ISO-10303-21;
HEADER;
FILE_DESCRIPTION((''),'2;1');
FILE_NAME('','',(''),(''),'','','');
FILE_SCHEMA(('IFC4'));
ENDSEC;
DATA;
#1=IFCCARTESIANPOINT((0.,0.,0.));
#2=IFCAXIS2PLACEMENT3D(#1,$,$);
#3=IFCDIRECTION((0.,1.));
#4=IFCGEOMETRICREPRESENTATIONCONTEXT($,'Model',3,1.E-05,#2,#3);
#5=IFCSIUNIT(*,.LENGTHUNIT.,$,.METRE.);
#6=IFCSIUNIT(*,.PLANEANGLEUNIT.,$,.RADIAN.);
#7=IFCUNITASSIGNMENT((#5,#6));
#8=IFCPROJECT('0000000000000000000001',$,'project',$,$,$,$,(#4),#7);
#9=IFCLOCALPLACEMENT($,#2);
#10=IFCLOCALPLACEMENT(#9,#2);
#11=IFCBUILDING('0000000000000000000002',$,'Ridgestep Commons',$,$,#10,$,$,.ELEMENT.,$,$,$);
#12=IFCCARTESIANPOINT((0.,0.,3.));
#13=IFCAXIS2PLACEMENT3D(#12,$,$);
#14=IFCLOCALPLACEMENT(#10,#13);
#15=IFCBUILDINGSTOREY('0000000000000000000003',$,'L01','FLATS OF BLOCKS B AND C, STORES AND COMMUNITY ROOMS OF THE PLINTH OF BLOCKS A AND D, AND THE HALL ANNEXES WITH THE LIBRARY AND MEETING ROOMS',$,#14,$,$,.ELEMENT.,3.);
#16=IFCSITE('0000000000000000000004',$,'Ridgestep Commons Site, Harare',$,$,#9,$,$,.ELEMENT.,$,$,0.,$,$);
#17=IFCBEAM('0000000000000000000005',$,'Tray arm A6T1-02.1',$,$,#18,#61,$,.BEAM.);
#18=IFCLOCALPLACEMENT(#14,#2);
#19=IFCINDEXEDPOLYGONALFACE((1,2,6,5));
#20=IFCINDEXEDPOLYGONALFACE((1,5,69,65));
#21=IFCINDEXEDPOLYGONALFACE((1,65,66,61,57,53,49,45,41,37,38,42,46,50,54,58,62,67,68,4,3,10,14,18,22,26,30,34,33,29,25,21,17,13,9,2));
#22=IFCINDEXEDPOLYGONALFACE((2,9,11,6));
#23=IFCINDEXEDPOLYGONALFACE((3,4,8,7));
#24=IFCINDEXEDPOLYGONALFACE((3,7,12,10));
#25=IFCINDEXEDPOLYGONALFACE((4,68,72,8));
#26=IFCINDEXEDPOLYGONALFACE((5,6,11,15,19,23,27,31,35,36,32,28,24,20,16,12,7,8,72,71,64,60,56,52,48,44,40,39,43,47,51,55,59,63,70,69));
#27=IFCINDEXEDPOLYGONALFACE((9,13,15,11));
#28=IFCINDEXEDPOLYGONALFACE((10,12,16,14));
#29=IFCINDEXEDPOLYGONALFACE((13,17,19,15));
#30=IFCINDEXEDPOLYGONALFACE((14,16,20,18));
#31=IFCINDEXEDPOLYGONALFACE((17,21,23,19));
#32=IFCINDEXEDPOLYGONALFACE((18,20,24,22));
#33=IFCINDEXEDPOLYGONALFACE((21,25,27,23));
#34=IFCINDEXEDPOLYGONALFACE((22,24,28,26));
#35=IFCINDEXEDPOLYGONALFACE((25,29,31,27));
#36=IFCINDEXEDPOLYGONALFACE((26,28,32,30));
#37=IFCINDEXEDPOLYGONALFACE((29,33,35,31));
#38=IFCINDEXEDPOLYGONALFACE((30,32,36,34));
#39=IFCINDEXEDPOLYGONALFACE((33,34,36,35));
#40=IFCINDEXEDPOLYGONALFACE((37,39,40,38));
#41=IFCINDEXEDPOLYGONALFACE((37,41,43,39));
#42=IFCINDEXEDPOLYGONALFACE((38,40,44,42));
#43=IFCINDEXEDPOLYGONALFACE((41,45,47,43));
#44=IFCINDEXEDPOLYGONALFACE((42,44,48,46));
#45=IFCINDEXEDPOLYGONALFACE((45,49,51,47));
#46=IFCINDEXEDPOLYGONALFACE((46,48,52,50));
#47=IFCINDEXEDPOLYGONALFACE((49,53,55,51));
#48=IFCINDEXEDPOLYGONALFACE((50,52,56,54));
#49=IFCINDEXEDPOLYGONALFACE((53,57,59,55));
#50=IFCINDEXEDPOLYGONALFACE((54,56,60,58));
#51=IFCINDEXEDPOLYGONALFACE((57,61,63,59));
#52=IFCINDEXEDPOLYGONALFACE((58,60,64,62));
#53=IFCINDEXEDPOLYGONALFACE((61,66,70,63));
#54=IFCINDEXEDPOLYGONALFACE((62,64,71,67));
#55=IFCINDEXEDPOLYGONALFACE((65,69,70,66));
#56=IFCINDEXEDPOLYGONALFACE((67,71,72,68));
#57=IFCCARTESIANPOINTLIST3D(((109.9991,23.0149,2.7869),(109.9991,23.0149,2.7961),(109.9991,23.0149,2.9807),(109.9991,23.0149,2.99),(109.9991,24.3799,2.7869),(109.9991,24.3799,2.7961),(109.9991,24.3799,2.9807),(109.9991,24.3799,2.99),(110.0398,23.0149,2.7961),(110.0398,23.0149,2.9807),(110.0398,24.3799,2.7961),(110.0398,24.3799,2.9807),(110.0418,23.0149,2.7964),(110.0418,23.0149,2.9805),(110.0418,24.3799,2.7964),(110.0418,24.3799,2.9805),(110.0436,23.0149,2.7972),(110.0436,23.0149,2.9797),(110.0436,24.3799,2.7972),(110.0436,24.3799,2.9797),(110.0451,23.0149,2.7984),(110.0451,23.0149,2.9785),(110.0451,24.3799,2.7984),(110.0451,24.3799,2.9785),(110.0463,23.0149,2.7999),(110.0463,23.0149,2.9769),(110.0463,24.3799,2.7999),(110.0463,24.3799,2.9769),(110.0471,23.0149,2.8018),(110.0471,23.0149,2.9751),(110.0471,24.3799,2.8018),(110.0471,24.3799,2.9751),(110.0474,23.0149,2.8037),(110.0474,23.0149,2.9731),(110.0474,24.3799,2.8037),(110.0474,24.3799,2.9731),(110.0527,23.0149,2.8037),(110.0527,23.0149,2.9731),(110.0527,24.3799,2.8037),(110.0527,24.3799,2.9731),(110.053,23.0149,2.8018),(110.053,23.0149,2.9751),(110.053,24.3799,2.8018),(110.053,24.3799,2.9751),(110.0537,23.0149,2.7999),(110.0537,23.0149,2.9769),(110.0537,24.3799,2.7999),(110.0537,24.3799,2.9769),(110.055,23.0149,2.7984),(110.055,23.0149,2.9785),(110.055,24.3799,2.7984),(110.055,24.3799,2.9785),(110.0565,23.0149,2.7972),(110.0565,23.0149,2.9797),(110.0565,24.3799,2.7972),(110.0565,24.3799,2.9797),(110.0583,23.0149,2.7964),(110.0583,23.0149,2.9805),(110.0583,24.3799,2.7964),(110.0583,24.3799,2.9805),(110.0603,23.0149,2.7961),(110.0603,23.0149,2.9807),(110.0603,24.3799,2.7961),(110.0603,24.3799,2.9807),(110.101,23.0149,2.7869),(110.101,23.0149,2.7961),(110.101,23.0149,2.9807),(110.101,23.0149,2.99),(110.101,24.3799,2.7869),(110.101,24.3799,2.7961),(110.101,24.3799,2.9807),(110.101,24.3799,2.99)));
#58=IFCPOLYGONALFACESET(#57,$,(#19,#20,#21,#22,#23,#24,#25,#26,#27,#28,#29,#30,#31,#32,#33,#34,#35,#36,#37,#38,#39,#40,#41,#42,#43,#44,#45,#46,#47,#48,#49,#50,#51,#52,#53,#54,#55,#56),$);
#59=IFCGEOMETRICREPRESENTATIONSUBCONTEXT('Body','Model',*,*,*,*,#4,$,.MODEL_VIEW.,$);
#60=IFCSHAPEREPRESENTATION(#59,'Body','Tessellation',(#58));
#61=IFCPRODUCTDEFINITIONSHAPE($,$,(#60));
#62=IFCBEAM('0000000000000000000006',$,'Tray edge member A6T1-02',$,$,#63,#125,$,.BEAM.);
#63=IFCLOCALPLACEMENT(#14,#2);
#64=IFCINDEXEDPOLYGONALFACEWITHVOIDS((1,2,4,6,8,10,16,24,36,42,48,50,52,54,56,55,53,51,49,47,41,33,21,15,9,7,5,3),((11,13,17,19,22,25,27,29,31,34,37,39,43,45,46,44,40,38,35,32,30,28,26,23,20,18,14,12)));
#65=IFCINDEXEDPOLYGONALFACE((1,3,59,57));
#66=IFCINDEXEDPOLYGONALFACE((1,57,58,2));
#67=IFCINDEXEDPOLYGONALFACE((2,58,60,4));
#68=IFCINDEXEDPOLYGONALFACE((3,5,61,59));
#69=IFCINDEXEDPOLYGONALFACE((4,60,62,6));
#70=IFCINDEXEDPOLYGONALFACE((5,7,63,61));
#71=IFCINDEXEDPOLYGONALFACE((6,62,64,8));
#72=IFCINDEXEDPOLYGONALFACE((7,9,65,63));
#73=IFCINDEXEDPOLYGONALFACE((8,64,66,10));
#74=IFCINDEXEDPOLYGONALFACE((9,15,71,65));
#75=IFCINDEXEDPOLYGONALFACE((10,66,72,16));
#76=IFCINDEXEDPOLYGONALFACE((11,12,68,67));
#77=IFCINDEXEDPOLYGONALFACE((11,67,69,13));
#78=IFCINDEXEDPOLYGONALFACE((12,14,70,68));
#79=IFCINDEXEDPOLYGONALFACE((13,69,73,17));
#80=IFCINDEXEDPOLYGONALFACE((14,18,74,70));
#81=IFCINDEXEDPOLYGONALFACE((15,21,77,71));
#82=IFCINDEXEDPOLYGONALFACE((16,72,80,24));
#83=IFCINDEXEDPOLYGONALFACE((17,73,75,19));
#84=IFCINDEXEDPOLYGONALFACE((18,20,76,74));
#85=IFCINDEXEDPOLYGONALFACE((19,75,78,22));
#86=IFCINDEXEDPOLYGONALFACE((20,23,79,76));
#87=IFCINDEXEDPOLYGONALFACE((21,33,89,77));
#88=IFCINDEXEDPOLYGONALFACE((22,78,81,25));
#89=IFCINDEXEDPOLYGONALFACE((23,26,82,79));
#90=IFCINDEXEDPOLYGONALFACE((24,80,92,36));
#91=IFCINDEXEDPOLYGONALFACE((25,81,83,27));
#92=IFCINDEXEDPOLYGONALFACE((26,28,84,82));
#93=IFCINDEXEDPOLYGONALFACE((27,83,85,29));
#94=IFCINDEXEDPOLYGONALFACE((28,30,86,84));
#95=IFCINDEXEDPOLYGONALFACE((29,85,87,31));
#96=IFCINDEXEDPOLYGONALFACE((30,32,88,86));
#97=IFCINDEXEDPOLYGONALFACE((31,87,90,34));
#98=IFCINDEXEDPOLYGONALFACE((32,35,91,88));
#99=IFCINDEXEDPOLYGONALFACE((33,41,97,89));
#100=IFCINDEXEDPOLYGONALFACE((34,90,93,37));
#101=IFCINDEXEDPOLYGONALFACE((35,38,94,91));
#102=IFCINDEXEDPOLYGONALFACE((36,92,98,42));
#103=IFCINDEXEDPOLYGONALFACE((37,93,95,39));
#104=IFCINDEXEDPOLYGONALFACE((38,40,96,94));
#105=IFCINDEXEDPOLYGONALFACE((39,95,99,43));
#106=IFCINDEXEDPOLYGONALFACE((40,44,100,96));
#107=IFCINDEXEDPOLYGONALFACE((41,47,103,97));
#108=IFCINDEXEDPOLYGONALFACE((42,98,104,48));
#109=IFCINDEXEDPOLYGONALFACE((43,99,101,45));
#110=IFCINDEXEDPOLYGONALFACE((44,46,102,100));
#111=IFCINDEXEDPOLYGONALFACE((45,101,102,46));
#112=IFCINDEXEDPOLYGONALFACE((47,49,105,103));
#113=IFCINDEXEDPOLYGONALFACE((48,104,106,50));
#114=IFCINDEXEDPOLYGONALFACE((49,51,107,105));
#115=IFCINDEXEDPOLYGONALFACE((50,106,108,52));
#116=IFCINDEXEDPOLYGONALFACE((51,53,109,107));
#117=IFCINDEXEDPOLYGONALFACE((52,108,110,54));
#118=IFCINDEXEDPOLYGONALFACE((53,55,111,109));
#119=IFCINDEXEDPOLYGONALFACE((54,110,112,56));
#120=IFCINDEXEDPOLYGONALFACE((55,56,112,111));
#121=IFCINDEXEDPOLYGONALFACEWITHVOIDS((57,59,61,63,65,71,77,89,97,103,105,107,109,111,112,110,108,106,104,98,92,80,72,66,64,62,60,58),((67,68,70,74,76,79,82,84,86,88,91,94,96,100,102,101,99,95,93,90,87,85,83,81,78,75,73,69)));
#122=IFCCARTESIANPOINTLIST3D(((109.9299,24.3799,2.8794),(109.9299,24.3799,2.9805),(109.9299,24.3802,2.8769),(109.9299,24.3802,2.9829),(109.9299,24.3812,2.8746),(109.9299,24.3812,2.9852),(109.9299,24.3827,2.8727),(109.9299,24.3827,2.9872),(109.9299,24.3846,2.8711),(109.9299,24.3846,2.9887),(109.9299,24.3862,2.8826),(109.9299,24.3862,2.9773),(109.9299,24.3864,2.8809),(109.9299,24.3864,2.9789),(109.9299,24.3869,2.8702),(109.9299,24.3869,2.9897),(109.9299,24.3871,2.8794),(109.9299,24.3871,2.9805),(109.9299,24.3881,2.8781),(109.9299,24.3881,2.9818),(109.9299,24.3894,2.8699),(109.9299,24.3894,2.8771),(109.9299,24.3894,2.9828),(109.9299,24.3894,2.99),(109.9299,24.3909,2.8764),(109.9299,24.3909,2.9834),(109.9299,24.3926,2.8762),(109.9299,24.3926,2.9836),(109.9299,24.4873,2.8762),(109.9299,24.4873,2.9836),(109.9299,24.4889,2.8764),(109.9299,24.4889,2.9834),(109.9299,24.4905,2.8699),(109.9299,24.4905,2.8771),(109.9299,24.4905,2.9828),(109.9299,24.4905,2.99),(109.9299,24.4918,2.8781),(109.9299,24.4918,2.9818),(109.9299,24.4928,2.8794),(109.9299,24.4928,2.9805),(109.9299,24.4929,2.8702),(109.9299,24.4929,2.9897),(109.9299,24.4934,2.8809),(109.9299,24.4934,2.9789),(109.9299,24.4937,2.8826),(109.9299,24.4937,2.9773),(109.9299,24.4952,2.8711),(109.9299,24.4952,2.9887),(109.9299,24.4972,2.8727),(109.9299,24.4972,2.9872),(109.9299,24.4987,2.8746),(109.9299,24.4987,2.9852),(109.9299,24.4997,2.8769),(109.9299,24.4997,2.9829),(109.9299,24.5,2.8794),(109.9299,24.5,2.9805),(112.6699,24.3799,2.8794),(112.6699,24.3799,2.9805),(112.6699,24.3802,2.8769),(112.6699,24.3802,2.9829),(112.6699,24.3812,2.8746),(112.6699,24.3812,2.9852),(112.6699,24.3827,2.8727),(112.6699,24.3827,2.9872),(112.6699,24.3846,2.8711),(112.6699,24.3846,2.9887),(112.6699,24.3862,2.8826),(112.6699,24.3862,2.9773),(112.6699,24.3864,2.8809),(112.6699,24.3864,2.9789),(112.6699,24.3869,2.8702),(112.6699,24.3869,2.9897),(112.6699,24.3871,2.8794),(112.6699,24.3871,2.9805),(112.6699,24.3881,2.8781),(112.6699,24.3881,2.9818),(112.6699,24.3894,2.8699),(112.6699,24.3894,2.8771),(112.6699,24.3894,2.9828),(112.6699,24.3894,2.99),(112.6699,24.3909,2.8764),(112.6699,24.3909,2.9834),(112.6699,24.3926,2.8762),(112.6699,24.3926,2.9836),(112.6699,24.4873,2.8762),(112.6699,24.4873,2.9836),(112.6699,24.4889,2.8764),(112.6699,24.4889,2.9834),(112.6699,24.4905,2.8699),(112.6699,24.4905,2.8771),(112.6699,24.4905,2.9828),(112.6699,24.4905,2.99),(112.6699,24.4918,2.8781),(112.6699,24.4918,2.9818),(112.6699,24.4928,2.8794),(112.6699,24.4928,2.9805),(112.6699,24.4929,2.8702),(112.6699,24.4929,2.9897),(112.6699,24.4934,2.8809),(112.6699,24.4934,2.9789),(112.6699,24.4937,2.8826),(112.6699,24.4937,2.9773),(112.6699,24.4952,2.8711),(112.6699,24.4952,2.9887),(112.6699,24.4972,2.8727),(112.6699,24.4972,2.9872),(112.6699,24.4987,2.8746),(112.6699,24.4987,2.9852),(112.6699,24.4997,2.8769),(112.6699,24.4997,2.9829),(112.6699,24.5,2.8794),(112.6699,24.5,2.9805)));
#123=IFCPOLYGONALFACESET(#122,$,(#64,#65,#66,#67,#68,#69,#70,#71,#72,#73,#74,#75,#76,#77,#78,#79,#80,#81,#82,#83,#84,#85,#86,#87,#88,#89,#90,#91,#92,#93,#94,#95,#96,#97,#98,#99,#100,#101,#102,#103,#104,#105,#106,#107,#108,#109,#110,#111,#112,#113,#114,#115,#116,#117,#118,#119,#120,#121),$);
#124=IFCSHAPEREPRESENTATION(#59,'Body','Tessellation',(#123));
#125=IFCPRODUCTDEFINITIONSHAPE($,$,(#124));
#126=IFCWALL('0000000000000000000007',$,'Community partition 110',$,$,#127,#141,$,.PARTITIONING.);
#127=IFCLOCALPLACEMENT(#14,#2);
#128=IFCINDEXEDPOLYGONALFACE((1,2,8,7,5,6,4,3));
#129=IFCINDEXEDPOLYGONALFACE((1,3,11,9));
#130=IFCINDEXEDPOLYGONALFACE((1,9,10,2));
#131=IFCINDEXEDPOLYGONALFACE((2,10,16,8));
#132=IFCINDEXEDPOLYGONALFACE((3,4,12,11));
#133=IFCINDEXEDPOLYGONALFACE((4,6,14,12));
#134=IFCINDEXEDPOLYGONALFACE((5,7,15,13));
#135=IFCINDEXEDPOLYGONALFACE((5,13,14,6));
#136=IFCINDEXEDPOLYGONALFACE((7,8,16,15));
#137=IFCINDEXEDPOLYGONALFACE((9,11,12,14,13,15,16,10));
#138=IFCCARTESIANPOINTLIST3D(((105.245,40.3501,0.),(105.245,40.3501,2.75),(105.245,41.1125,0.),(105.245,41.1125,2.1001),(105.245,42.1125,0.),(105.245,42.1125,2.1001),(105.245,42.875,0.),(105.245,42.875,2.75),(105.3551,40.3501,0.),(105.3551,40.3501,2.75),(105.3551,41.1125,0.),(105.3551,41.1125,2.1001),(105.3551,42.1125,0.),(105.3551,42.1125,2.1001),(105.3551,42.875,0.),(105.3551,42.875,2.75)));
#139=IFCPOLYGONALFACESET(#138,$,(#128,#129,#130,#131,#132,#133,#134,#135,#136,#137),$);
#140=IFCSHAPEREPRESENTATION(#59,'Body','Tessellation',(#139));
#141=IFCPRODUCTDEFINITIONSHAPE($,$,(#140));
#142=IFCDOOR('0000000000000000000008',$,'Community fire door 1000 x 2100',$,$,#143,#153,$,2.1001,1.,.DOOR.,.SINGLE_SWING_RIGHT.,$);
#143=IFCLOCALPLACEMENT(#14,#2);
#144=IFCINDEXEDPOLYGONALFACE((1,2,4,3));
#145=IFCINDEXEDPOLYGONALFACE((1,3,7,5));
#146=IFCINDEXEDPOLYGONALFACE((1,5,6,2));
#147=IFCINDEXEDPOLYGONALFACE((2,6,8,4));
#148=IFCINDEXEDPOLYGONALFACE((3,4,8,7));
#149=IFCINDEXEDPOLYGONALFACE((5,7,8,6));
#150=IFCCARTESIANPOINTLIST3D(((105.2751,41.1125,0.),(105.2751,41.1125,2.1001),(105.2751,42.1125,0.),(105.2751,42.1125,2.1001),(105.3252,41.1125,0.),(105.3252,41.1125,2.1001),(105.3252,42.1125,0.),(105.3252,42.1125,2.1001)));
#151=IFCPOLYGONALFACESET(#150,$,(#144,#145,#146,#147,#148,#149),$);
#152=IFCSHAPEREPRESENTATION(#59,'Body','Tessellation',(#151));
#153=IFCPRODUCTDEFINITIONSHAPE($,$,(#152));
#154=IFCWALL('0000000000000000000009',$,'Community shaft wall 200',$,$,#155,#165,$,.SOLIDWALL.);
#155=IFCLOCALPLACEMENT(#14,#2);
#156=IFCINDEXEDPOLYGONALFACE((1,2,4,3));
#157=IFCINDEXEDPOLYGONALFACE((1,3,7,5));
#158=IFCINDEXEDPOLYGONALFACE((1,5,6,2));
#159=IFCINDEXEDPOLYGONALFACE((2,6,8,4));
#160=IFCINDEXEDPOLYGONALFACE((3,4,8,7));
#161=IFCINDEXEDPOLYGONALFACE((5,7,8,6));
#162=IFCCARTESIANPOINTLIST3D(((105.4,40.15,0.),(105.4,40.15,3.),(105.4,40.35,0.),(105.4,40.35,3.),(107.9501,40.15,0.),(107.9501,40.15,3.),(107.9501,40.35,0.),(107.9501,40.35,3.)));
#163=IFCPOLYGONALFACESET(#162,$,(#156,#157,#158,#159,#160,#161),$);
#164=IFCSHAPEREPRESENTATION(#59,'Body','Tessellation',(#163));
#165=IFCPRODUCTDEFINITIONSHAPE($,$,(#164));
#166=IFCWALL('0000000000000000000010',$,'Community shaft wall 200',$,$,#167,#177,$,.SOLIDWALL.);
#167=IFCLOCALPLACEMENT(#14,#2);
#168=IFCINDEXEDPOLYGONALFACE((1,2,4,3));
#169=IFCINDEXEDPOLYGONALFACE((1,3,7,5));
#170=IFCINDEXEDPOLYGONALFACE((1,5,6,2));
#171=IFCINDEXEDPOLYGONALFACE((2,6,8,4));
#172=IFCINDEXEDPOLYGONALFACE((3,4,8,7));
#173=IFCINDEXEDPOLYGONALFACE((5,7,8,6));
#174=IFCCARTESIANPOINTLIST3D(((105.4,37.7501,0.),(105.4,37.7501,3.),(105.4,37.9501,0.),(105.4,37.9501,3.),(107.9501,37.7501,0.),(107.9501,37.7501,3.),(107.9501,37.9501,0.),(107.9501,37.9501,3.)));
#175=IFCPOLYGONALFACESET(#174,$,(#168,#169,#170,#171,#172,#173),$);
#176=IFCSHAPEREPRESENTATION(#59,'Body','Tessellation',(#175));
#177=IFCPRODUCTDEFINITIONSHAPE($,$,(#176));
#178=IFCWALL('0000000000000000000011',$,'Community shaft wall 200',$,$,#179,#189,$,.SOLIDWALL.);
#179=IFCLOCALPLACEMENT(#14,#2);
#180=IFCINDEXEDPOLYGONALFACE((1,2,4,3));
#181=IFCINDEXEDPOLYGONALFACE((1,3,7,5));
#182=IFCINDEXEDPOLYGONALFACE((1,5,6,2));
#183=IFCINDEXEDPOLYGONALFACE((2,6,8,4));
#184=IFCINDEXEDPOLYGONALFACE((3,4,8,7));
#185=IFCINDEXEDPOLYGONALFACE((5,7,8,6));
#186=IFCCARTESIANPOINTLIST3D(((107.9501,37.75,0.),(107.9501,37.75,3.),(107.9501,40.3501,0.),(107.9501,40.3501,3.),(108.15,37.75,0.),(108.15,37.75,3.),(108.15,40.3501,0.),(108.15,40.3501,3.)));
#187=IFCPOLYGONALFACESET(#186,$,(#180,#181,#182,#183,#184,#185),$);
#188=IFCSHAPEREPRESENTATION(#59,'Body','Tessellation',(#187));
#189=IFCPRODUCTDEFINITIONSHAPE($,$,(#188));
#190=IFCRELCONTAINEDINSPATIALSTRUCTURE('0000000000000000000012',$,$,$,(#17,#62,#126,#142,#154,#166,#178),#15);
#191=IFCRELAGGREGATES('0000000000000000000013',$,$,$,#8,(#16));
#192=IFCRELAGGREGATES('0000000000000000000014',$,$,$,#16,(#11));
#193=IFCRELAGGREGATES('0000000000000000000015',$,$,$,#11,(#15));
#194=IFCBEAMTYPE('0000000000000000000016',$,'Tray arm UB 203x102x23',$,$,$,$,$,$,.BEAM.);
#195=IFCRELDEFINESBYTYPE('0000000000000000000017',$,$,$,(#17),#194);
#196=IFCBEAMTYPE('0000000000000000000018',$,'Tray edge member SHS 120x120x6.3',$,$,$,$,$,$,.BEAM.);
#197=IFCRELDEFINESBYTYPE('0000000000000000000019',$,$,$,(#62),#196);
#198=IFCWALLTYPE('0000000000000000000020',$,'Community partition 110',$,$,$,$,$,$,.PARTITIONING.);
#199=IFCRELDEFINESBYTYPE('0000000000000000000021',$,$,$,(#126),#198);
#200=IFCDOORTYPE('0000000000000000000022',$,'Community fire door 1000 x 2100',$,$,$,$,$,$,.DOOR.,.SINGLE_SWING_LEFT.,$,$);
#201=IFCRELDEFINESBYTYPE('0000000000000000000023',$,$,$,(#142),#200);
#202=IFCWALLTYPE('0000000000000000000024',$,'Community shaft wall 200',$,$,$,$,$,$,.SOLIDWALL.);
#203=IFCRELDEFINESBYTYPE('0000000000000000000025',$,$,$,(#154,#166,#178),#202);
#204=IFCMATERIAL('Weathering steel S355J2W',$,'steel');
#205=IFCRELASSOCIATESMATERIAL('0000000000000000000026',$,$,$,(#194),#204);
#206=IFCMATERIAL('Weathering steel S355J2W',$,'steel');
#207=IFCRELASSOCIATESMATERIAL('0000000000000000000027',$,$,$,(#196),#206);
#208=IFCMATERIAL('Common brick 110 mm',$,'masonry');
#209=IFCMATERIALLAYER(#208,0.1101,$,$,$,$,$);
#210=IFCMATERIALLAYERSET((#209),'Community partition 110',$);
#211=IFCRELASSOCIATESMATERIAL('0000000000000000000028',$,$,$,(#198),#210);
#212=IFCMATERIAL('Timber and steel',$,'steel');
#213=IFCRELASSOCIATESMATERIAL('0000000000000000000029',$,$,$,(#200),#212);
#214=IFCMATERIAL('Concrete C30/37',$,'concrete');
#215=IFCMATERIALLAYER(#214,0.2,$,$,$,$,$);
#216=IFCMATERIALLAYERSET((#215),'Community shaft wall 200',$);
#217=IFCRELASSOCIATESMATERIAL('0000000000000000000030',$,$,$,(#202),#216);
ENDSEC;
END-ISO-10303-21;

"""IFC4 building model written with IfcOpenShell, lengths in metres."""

from ifc_helpers import new_model, si_unit, direction, frame, frame_2d, origin, origin_2d, place, context, subcontext, project, spatial, rectangle, hollow_rectangle, i_section, extrude, material, layer, layer_set, material_profile, profile_set, type_object, element, fill, save


model = new_model("IFC4")

# Units and contexts
model_context = context("Model", 3, precision=1e-05, world=origin(), true_north=direction((0.0, 1.0)))
body_context = subcontext(model_context, "Body", "Model", "MODEL_VIEW")
ifc_project = project(units=[si_unit("LENGTHUNIT", "METRE"), si_unit("PLANEANGLEUNIT", "RADIAN")], contexts=[model_context])

# Site, building, storey
site_placement = place(None, origin())
site = spatial("IfcSite", under=ifc_project, at=site_placement, Name="Ridgestep Commons Site, Harare", CompositionType="ELEMENT", RefElevation=0.0)
building_placement = place(site_placement, origin())
building = spatial("IfcBuilding", under=site, at=building_placement, Name="Ridgestep Commons", CompositionType="ELEMENT")
storey_placement = place(building_placement, frame((0.0, 0.0, 3.0)))
storey = spatial("IfcBuildingStorey", under=building, at=storey_placement, Name="L01", Description="FLATS OF BLOCKS B AND C, STORES AND COMMUNITY ROOMS OF THE PLINTH OF BLOCKS A AND D, AND THE HALL ANNEXES WITH THE LIBRARY AND MEETING ROOMS", CompositionType="ELEMENT", Elevation=3.0)

# Beams
ifc_material_1 = material(Name="Weathering steel S355J2W", Category="steel")
ifc_material_profile_1 = material_profile(ifc_material_1, i_section(OverallWidth=0.1018, OverallDepth=0.2031, WebThickness=0.0054, FlangeThickness=0.0093, FilletRadius=0.0076, at=origin_2d()), Name="UB 203x102x23")
ifc_profile_set_1 = profile_set([ifc_material_profile_1], Name="Weathering steel S355J2W")
beam_type_1 = type_object("IfcBeamType", Name="Tray arm UB 203x102x23", PredefinedType="BEAM", material=ifc_profile_set_1)
beam_1_placement = place(storey_placement, frame((110.05, 23.0149, 2.8884), z_axis=(0.0, 1.0, 0.0), x_axis=(-1.0, 0.0, 0.0)))
element("IfcBeam", 1, at=beam_1_placement, inside=storey, type_object=beam_type_1, Name="Tray arm A6T1-02.1", PredefinedType="BEAM", context=body_context, shape_type="SweptSolid", body=[
    extrude(i_section(OverallWidth=0.1018, OverallDepth=0.2031, WebThickness=0.0054, FlangeThickness=0.0093, FilletRadius=0.0076, at=origin_2d()), origin(), (0.0, 0.0, 1.0), 1.365),
])
ifc_material_2 = material(Name="Weathering steel S355J2W", Category="steel")
ifc_material_profile_2 = material_profile(ifc_material_2, hollow_rectangle(XDim=0.1201, YDim=0.1201, WallThickness=0.0063, InnerFilletRadius=0.0063, OuterFilletRadius=0.0095, at=origin_2d()), Name="SHS 120x120x6.3")
ifc_profile_set_2 = profile_set([ifc_material_profile_2], Name="Weathering steel S355J2W")
beam_type_2 = type_object("IfcBeamType", Name="Tray edge member SHS 120x120x6.3", PredefinedType="BEAM", material=ifc_profile_set_2)
beam_2_placement = place(storey_placement, frame((109.9299, 24.4399, 2.9299), z_axis=(1.0, 0.0, 0.0), x_axis=(0.0, 0.0, 1.0)))
element("IfcBeam", 2, at=beam_2_placement, inside=storey, type_object=beam_type_2, Name="Tray edge member A6T1-02", PredefinedType="BEAM", context=body_context, shape_type="SweptSolid", body=[
    extrude(hollow_rectangle(XDim=0.1201, YDim=0.1201, WallThickness=0.0063, InnerFilletRadius=0.0063, OuterFilletRadius=0.0095, at=origin_2d()), origin(), (0.0, 0.0, 1.0), 2.74),
])

# Wall, opening, door
ifc_material_3 = material(Name="Common brick 110 mm", Category="masonry")
ifc_layer_1 = layer(ifc_material_3, 0.1101)
ifc_layer_set_1 = layer_set([ifc_layer_1], Name="Community partition 110")
wall_type_1 = type_object("IfcWallType", Name="Community partition 110", PredefinedType="PARTITIONING", material=ifc_layer_set_1)
wall_1_placement = place(storey_placement, frame((105.3, 40.3501, 0.0), z_axis=(0.0, 0.0, 1.0), x_axis=(0.0, 1.0, 0.0)))
wall_1 = element("IfcWall", 3, at=wall_1_placement, inside=storey, type_object=wall_type_1, Name="Community partition 110", PredefinedType="PARTITIONING", context=body_context, shape_type="SweptSolid", body=[
    extrude(rectangle(XDim=2.5249, YDim=0.1101, at=frame_2d((1.2625, 0.0))), origin(), (0.0, 0.0, 1.0), 2.75),
])
opening_1_placement = place(wall_1_placement, frame((0.7625, 0.0, 0.0)))
opening_1 = element("IfcOpeningElement", 4, at=opening_1_placement, cuts=wall_1, PredefinedType="OPENING", context=body_context, shape_type="SweptSolid", body=[
    extrude(rectangle(XDim=1.0, YDim=2.1001, at=frame_2d((0.5, 1.05))), frame((0.0, 0.0649, 0.0), z_axis=(0.0, -1.0, 0.0), x_axis=(1.0, 0.0, 0.0)), (0.0, 0.0, 1.0), 0.1301),
])
ifc_material_4 = material(Name="Timber and steel", Category="steel")
door_type_1 = type_object("IfcDoorType", Name="Community fire door 1000 x 2100", OperationType="SINGLE_SWING_LEFT", PredefinedType="DOOR", material=ifc_material_4)
door_1_placement = place(opening_1_placement, origin())
door_1 = element("IfcDoor", 5, at=door_1_placement, inside=storey, type_object=door_type_1, Name="Community fire door 1000 x 2100", OperationType="SINGLE_SWING_RIGHT", OverallHeight=2.1001, OverallWidth=1.0, PredefinedType="DOOR", context=body_context, shape_type="SweptSolid", body=[
    extrude(rectangle(XDim=1.0, YDim=2.1001, at=frame_2d((0.5, 1.05))), frame((0.0, 0.0249, 0.0), z_axis=(0.0, -1.0, 0.0), x_axis=(1.0, 0.0, 0.0)), (0.0, 0.0, 1.0), 0.05),
])
fill(opening_1, door_1)

# Walls
ifc_material_5 = material(Name="Concrete C30/37", Category="concrete")
ifc_layer_2 = layer(ifc_material_5, 0.2)
ifc_layer_set_2 = layer_set([ifc_layer_2], Name="Community shaft wall 200")
wall_type_2 = type_object("IfcWallType", Name="Community shaft wall 200", PredefinedType="SOLIDWALL", material=ifc_layer_set_2)
for number, where, z_axis, x_axis, name in (
    (6, (107.95, 40.25, 0.0), (0.0, 0.0, 1.0), (-1.0, 0.0, 0.0), "Community shaft wall 200"),
    (7, (107.95, 37.8501, 0.0), (0.0, 0.0, 1.0), (-1.0, 0.0, 0.0), "Community shaft wall 200"),
):
    element("IfcWall", number, at=place(storey_placement, frame(where, z_axis=z_axis, x_axis=x_axis)), inside=storey, type_object=wall_type_2, Name=name, PredefinedType="SOLIDWALL", context=body_context, shape_type="SweptSolid", body=[
        extrude(rectangle(XDim=2.55, YDim=0.2, at=frame_2d((1.2749, 0.0))), origin(), (0.0, 0.0, 1.0), 3.0),
    ])
wall_2_placement = place(storey_placement, frame((108.05, 37.75, 0.0), z_axis=(0.0, 0.0, 1.0), x_axis=(0.0, 1.0, 0.0)))
element("IfcWall", 8, at=wall_2_placement, inside=storey, type_object=wall_type_2, Name="Community shaft wall 200", PredefinedType="SOLIDWALL", context=body_context, shape_type="SweptSolid", body=[
    extrude(rectangle(XDim=2.6001, YDim=0.2, at=frame_2d((1.3, 0.0))), origin(), (0.0, 0.0, 1.0), 3.0),
])

save(model, "model.ifc")
